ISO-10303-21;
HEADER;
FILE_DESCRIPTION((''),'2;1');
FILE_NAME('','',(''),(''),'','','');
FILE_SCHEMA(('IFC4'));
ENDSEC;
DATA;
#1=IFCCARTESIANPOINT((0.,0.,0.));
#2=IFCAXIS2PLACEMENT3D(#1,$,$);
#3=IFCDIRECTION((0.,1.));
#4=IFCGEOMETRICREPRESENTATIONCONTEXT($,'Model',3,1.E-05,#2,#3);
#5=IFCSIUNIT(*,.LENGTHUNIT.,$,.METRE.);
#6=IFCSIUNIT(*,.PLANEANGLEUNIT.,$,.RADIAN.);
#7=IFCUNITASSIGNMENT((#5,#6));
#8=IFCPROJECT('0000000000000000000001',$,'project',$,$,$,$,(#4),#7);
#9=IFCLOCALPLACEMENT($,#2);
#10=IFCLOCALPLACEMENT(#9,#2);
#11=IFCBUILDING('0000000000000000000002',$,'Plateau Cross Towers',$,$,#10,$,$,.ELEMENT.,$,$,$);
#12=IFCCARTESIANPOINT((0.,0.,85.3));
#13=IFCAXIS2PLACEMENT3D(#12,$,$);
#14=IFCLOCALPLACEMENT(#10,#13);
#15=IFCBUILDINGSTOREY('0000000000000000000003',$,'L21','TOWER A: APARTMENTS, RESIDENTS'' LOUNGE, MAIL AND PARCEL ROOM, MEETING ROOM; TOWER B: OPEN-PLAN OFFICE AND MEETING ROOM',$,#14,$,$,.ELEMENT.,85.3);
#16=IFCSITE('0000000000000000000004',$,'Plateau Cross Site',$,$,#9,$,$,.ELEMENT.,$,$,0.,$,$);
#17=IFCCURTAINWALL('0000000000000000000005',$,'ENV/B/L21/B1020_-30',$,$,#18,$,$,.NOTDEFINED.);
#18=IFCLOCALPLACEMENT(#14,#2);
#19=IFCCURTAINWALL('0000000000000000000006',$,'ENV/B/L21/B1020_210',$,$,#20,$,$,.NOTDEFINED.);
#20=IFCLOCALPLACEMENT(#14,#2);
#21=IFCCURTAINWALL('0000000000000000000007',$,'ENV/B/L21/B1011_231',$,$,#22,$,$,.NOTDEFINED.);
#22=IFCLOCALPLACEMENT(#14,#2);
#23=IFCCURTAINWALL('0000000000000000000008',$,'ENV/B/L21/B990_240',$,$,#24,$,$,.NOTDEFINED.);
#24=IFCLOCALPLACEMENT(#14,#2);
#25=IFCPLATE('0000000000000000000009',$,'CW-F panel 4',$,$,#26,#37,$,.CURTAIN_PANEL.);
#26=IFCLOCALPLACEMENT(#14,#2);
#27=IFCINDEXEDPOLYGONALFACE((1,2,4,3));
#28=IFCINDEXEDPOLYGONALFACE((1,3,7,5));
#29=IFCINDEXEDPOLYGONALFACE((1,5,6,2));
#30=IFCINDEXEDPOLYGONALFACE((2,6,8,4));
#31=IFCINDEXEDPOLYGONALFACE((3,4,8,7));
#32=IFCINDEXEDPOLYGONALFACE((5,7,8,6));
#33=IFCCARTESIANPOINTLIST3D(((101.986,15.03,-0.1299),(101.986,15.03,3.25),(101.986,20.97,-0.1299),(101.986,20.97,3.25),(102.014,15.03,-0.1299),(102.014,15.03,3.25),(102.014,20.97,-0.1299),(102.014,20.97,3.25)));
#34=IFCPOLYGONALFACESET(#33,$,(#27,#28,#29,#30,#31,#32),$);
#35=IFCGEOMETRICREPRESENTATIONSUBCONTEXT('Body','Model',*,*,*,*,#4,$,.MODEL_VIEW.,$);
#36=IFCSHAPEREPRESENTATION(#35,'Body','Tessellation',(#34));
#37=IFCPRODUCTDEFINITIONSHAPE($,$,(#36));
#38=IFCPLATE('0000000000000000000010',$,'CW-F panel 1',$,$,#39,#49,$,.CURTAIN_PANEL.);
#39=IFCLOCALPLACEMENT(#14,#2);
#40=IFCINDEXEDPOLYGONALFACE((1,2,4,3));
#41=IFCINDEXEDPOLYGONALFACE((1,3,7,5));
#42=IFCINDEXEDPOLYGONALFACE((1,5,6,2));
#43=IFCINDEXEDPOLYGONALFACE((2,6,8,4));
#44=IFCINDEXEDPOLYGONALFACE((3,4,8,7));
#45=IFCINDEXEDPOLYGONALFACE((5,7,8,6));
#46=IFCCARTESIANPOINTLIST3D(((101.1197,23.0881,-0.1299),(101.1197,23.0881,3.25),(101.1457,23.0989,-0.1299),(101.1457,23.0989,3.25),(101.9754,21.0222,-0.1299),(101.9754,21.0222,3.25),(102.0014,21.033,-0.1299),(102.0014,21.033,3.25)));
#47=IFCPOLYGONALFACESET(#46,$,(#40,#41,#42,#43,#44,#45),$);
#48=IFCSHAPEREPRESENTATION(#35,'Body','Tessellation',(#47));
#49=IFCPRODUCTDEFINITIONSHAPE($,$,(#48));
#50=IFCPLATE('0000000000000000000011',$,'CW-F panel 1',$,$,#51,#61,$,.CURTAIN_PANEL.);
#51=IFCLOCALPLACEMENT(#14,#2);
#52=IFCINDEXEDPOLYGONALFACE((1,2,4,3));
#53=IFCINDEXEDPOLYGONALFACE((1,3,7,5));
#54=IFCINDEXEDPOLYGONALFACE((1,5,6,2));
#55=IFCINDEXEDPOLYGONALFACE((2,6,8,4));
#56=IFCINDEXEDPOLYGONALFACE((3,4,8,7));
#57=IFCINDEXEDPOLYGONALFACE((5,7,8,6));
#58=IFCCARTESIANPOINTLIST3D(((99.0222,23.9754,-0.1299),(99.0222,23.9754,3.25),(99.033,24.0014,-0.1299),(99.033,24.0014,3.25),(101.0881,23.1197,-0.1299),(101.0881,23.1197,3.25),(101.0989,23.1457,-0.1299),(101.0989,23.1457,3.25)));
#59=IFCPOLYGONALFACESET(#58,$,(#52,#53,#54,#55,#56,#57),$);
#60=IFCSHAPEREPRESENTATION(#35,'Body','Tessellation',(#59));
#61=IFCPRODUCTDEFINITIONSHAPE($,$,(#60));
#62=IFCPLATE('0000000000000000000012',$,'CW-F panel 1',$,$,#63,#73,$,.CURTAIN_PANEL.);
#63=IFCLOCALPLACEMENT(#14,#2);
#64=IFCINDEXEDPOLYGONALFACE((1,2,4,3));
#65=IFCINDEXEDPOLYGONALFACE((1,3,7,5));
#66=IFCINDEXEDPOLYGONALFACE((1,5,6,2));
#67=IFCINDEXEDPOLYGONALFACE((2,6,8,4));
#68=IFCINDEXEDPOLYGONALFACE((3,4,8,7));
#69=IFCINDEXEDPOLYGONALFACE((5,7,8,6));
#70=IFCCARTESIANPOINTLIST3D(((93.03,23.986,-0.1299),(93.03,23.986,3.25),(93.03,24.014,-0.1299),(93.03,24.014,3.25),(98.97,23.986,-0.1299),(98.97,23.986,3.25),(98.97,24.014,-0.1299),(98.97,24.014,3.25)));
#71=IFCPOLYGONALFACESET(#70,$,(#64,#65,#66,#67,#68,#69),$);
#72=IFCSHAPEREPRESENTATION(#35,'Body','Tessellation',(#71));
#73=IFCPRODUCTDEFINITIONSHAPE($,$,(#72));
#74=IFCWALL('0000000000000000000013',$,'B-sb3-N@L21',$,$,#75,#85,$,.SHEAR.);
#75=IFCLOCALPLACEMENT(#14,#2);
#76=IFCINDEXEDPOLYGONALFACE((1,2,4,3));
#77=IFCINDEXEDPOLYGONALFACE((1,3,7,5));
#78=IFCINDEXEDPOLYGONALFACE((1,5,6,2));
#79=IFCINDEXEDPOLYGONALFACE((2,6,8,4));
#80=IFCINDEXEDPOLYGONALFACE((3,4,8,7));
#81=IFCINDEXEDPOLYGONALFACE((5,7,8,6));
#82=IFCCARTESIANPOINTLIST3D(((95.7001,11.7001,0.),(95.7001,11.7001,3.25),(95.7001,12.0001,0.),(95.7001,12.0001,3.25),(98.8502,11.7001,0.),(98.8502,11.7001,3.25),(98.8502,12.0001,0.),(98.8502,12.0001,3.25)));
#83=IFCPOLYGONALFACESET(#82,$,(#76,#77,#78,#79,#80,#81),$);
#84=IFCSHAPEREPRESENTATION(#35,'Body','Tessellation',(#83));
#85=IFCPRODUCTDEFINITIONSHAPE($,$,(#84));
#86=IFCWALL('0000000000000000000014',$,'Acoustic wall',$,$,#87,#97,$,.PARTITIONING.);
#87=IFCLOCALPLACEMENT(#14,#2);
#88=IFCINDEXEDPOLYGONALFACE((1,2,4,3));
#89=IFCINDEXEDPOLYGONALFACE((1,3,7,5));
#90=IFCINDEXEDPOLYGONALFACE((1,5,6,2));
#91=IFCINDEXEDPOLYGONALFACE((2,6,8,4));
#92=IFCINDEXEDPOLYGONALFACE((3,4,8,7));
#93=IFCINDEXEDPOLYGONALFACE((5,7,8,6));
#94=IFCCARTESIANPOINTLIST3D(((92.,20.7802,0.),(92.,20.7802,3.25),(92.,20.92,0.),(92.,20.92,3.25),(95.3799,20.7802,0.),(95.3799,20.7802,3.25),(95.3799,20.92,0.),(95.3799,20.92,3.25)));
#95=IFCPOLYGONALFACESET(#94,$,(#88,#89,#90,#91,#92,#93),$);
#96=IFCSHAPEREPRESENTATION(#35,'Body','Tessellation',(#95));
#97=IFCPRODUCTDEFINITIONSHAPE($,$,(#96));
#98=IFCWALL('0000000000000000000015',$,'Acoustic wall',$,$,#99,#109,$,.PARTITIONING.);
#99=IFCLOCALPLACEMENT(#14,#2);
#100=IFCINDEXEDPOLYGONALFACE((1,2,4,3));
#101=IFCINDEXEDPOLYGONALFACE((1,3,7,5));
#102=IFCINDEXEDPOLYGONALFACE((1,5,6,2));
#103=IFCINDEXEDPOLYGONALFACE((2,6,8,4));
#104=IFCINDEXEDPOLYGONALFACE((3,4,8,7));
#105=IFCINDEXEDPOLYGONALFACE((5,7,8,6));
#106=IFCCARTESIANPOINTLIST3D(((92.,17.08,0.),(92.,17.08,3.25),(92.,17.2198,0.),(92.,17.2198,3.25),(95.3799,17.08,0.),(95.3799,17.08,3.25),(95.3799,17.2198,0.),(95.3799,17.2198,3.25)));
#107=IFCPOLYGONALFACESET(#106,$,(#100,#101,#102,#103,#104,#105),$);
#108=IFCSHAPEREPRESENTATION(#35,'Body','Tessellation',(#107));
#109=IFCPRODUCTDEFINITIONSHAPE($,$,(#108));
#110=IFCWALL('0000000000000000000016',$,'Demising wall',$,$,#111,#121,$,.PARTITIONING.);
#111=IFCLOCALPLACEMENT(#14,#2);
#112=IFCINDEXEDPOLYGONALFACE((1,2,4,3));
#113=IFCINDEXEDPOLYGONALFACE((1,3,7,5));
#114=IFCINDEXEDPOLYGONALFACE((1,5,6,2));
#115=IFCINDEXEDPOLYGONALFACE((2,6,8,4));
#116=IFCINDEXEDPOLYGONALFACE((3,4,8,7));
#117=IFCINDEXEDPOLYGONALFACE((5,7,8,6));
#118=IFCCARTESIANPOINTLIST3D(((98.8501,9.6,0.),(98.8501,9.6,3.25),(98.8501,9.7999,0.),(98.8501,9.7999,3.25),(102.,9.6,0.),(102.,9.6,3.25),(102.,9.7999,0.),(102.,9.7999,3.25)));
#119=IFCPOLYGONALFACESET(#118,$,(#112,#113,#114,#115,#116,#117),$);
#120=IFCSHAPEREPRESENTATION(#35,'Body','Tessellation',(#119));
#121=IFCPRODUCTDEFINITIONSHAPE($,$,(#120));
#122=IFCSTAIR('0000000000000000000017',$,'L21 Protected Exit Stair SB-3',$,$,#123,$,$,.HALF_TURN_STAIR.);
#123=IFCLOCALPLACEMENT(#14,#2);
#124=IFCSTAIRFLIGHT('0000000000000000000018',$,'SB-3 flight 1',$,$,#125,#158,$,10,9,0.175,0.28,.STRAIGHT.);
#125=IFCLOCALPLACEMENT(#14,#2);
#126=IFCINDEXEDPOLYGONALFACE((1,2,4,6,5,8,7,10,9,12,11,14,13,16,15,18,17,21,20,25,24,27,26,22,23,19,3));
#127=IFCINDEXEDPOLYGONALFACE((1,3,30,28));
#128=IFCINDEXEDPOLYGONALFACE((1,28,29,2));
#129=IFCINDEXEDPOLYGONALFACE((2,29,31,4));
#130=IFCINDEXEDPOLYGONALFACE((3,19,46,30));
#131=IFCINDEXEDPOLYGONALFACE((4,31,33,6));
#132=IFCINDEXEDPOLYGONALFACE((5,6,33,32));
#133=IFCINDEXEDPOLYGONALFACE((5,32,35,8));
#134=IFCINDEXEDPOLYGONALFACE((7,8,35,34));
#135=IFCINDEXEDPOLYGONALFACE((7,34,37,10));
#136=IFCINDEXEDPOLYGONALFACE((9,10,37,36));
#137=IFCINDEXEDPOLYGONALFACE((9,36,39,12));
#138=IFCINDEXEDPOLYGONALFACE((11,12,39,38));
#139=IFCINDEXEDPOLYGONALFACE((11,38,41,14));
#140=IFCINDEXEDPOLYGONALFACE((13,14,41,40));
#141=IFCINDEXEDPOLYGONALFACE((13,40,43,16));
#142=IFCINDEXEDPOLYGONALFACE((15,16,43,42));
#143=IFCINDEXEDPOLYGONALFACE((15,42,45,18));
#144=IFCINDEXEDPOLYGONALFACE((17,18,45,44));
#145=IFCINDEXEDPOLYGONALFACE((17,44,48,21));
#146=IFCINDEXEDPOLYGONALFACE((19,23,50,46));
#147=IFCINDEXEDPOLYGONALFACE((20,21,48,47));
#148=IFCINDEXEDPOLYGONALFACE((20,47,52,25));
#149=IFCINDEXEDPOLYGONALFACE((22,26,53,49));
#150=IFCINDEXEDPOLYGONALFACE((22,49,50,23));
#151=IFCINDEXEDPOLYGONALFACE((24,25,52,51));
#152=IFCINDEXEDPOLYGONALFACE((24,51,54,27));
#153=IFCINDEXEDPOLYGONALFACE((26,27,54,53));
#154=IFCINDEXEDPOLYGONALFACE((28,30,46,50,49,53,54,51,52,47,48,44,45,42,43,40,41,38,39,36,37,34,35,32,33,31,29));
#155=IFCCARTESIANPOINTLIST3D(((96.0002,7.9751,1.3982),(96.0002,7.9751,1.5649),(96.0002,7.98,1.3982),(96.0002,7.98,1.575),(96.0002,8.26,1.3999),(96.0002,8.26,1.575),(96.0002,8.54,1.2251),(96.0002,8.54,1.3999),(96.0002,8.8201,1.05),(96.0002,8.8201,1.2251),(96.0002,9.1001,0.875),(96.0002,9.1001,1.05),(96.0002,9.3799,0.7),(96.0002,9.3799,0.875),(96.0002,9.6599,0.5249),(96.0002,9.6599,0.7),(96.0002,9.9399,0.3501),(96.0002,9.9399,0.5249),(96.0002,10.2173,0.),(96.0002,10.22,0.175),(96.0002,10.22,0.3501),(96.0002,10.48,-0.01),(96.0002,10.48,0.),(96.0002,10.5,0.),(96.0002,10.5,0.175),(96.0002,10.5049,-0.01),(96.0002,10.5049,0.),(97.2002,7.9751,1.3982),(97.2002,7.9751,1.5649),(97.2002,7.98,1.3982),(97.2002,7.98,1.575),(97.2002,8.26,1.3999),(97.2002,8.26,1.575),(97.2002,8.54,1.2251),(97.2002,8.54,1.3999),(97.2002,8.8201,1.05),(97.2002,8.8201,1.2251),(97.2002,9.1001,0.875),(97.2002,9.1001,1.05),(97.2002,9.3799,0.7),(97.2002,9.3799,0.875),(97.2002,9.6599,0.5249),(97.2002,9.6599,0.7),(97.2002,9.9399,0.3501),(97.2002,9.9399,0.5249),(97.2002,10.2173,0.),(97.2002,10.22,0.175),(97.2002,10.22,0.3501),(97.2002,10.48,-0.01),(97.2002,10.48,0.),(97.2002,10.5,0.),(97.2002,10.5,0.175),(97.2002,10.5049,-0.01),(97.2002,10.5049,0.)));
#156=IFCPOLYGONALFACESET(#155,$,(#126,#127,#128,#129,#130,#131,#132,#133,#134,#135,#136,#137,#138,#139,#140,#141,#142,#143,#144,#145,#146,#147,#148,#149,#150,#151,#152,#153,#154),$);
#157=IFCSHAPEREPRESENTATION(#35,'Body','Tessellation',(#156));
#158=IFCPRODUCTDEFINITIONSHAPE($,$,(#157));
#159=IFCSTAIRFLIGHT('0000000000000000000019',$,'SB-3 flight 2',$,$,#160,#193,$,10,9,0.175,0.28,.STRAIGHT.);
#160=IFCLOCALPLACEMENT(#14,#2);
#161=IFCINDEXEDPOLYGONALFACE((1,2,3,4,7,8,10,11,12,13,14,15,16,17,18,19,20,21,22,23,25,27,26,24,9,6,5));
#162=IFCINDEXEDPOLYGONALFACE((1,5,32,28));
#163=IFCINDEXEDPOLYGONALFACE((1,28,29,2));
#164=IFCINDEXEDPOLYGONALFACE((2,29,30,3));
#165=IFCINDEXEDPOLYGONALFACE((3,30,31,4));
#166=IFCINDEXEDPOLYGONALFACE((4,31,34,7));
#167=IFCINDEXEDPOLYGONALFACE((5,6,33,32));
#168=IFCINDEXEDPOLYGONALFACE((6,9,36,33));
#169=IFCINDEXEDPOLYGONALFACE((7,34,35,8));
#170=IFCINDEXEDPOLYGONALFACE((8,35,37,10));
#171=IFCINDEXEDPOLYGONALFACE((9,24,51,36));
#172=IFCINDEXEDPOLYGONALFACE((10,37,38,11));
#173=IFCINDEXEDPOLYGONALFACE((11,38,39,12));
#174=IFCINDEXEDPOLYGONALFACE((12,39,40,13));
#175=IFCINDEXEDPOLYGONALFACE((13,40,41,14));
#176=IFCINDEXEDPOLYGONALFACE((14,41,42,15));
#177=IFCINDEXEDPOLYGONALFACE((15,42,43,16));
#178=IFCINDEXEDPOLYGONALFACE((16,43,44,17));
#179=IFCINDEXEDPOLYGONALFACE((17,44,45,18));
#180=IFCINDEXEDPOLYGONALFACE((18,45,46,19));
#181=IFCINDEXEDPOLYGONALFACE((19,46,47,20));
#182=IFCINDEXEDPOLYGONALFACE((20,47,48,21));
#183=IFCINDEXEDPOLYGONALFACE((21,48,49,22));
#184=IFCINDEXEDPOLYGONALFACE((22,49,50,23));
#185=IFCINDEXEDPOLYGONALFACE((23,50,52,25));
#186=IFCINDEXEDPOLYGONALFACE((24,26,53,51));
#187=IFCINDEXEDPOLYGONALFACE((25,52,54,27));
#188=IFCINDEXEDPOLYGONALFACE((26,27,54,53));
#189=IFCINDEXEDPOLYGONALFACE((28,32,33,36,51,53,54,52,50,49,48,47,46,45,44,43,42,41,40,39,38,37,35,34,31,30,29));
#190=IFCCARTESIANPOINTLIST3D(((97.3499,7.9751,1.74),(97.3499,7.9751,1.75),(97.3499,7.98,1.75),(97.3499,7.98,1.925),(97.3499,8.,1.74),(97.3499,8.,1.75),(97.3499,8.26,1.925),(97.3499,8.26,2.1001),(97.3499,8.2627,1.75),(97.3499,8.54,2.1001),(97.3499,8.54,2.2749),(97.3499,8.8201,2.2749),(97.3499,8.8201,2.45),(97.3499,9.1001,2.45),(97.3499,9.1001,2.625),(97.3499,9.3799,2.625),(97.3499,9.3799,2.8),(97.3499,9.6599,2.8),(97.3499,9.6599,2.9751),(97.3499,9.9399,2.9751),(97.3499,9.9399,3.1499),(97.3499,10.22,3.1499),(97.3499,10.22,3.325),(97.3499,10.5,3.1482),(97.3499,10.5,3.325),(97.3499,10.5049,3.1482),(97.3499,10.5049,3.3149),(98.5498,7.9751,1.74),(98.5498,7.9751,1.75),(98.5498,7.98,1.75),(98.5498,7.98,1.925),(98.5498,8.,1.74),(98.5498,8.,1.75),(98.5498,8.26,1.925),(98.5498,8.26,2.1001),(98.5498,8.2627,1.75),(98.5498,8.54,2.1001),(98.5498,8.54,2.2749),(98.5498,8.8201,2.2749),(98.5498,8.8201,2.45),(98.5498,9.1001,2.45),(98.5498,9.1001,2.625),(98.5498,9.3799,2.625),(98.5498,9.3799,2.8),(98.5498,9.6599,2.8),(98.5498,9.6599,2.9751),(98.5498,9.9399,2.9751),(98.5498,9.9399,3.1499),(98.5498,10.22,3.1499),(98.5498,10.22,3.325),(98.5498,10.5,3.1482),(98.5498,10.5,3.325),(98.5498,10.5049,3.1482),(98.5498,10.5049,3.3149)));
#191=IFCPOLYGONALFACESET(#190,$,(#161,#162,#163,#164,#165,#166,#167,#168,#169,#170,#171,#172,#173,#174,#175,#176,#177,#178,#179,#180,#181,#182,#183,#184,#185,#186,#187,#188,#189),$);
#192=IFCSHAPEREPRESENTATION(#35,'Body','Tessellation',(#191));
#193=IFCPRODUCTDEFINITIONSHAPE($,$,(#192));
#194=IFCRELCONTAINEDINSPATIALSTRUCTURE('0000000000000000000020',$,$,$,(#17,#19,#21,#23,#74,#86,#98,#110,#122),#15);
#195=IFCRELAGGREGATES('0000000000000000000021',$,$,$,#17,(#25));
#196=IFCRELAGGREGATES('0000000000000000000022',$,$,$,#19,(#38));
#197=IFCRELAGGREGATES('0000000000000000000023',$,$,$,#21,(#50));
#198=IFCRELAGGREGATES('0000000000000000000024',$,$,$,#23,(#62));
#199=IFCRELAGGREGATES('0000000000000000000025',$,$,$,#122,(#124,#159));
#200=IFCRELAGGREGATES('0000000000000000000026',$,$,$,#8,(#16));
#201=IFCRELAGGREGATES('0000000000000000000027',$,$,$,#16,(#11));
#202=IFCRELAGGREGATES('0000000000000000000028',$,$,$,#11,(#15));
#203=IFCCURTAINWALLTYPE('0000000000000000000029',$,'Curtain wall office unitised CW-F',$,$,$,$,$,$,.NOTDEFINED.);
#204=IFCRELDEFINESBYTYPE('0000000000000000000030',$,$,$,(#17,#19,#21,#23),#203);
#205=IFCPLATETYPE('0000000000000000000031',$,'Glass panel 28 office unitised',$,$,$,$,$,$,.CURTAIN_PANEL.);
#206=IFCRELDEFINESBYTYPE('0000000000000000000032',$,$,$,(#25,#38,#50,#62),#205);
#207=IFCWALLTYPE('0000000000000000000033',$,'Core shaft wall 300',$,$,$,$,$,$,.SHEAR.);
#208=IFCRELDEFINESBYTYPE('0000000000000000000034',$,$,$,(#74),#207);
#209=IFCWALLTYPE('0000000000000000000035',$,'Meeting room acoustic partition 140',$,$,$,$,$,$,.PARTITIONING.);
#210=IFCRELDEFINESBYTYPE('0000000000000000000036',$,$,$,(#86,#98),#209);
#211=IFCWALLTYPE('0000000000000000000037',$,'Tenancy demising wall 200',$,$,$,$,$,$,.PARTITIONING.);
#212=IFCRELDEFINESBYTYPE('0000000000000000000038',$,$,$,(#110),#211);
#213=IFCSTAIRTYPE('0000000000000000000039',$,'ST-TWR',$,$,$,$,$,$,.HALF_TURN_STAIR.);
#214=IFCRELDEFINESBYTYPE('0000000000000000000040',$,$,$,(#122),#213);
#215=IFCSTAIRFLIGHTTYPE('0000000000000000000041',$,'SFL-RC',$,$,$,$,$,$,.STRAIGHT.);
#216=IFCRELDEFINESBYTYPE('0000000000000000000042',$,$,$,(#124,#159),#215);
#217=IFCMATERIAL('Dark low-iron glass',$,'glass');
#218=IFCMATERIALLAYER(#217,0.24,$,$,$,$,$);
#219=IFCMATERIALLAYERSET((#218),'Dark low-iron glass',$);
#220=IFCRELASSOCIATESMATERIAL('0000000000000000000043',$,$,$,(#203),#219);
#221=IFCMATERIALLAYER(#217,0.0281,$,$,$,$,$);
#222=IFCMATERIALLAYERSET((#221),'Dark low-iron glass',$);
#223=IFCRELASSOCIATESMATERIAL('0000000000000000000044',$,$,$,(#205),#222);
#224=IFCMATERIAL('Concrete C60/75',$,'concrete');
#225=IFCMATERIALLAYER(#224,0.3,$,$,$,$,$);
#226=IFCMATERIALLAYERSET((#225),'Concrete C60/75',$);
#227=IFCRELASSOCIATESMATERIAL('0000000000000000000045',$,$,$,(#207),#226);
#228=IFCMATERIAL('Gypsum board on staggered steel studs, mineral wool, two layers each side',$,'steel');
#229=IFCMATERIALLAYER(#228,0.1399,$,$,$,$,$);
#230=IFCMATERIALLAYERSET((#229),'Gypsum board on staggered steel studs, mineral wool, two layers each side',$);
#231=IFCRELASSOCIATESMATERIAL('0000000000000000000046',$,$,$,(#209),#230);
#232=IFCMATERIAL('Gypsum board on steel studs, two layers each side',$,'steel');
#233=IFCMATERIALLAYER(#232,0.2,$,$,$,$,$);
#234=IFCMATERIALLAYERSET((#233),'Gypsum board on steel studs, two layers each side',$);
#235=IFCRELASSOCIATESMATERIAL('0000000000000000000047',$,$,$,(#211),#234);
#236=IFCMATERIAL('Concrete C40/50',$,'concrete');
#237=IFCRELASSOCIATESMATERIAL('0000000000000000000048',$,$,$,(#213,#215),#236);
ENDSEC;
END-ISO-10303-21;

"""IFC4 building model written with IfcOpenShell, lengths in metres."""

from ifc_helpers import new_model, si_unit, direction, frame, frame_2d, origin, origin_2d, place, context, subcontext, project, spatial, polyline, rectangle, outline, extrude, material, layer, layer_set, type_object, element, aggregate, save


model = new_model("IFC4")

# Units and contexts
model_context = context("Model", 3, precision=1e-05, world=origin(), true_north=direction((0.0, 1.0)))
body_context = subcontext(model_context, "Body", "Model", "MODEL_VIEW")
ifc_project = project(units=[si_unit("LENGTHUNIT", "METRE"), si_unit("PLANEANGLEUNIT", "RADIAN")], contexts=[model_context])

# Site, building, storey
site_placement = place(None, origin())
site = spatial("IfcSite", under=ifc_project, at=site_placement, Name="Plateau Cross Site", CompositionType="ELEMENT", RefElevation=0.0)
building_placement = place(site_placement, origin())
building = spatial("IfcBuilding", under=site, at=building_placement, Name="Plateau Cross Towers", CompositionType="ELEMENT")
storey_placement = place(building_placement, frame((0.0, 0.0, 85.3)))
storey = spatial("IfcBuildingStorey", under=building, at=storey_placement, Name="L21", Description="TOWER A: APARTMENTS, RESIDENTS' LOUNGE, MAIL AND PARCEL ROOM, MEETING ROOM; TOWER B: OPEN-PLAN OFFICE AND MEETING ROOM", CompositionType="ELEMENT", Elevation=85.3)

# Shared definitions
ifc_material_1 = material(Name="Concrete C60/75", Category="concrete")

# Curtain wall
ifc_material_2 = material(Name="Dark low-iron glass", Category="glass")
ifc_layer_1 = layer(ifc_material_2, 0.24)
ifc_layer_set_1 = layer_set([ifc_layer_1], Name="Dark low-iron glass")
curtain_wall_type = type_object("IfcCurtainWallType", Name="Curtain wall office unitised CW-F", PredefinedType="NOTDEFINED", material=ifc_layer_set_1)
curtain_wall_1_placement = place(storey_placement, origin())
curtain_wall_1 = element("IfcCurtainWall", 1, at=curtain_wall_1_placement, inside=storey, type_object=curtain_wall_type, Name="ENV/B/L21/B1020_-30", PredefinedType="NOTDEFINED")

# Curtain walls
curtain_wall_2_placement = place(storey_placement, origin())
curtain_wall_2 = element("IfcCurtainWall", 2, at=curtain_wall_2_placement, inside=storey, type_object=curtain_wall_type, Name="ENV/B/L21/B1020_210", PredefinedType="NOTDEFINED")
curtain_wall_3_placement = place(storey_placement, origin())
curtain_wall_3 = element("IfcCurtainWall", 3, at=curtain_wall_3_placement, inside=storey, type_object=curtain_wall_type, Name="ENV/B/L21/B1011_231", PredefinedType="NOTDEFINED")

# Curtain wall
curtain_wall_4_placement = place(storey_placement, origin())
curtain_wall_4 = element("IfcCurtainWall", 4, at=curtain_wall_4_placement, inside=storey, type_object=curtain_wall_type, Name="ENV/B/L21/B990_240", PredefinedType="NOTDEFINED")

# Plates
ifc_layer_2 = layer(ifc_material_2, 0.0281)
ifc_layer_set_2 = layer_set([ifc_layer_2], Name="Dark low-iron glass")
plate_type = type_object("IfcPlateType", Name="Glass panel 28 office unitised", PredefinedType="CURTAIN_PANEL", material=ifc_layer_set_2)
plate_1_placement = place(storey_placement, frame((102.0, 18.0, -0.1299), z_axis=(0.0, 0.0, 1.0), x_axis=(0.0, 1.0, 0.0)))
plate_1 = element("IfcPlate", 5, at=plate_1_placement, type_object=plate_type, Name="CW-F panel 4", PredefinedType="CURTAIN_PANEL", context=body_context, shape_type="SweptSolid", body=[
    extrude(rectangle(XDim=5.9399, YDim=0.0281, at=origin_2d()), origin(), (0.0, 0.0, 1.0), 3.3799),
])
aggregate(curtain_wall_1, [plate_1])
plate_2_placement = place(storey_placement, frame((101.5605, 22.0605, -0.1299), z_axis=(0.0, 0.0, 1.0), x_axis=(-0.382684, 0.923879, 0.0)))
plate_2 = element("IfcPlate", 6, at=plate_2_placement, type_object=plate_type, Name="CW-F panel 1", PredefinedType="CURTAIN_PANEL", context=body_context, shape_type="SweptSolid", body=[
    extrude(rectangle(XDim=2.2361, YDim=0.0281, at=origin_2d()), origin(), (0.0, 0.0, 1.0), 3.3799),
])
aggregate(curtain_wall_2, [plate_2])
plate_3_placement = place(storey_placement, frame((100.0605, 23.5605, -0.1299), z_axis=(0.0, 0.0, 1.0), x_axis=(-0.923879, 0.382684, 0.0)))
plate_3 = element("IfcPlate", 7, at=plate_3_placement, type_object=plate_type, Name="CW-F panel 1", PredefinedType="CURTAIN_PANEL", context=body_context, shape_type="SweptSolid", body=[
    extrude(rectangle(XDim=2.2361, YDim=0.0281, at=origin_2d()), origin(), (0.0, 0.0, 1.0), 3.3799),
])
aggregate(curtain_wall_3, [plate_3])
plate_4_placement = place(storey_placement, frame((96.0, 24.0, -0.1299), z_axis=(0.0, 0.0, 1.0), x_axis=(-1.0, 0.0, 0.0)))
plate_4 = element("IfcPlate", 8, at=plate_4_placement, type_object=plate_type, Name="CW-F panel 1", PredefinedType="CURTAIN_PANEL", context=body_context, shape_type="SweptSolid", body=[
    extrude(rectangle(XDim=5.9399, YDim=0.0281, at=origin_2d()), origin(), (0.0, 0.0, 1.0), 3.3799),
])
aggregate(curtain_wall_4, [plate_4])

# Wall
ifc_layer_3 = layer(ifc_material_1, 0.3)
ifc_layer_set_3 = layer_set([ifc_layer_3], Name="Concrete C60/75")
wall_type_1 = type_object("IfcWallType", Name="Core shaft wall 300", PredefinedType="SHEAR", material=ifc_layer_set_3)
wall_1_placement = place(storey_placement, frame((95.7, 11.8501, 0.0), z_axis=(0.0, 0.0, 1.0), x_axis=(1.0, 0.0, 0.0)))
element("IfcWall", 9, at=wall_1_placement, inside=storey, type_object=wall_type_1, Name="B-sb3-N@L21", PredefinedType="SHEAR", context=body_context, shape_type="SweptSolid", body=[
    extrude(rectangle(XDim=3.1501, YDim=0.3, at=frame_2d((1.5752, 0.0))), origin(), (0.0, 0.0, 1.0), 3.25),
])

# Shared definitions
ifc_material_3 = material(Name="Gypsum board on staggered steel studs, mineral wool, two layers each side", Category="steel")
ifc_layer_4 = layer(ifc_material_3, 0.1399)
ifc_layer_set_4 = layer_set([ifc_layer_4], Name="Gypsum board on staggered steel studs, mineral wool, two layers each side")
wall_type_2 = type_object("IfcWallType", Name="Meeting room acoustic partition 140", PredefinedType="PARTITIONING", material=ifc_layer_set_4)

# Wall
wall_2_placement = place(storey_placement, frame((92.0, 20.8501, 0.0), z_axis=(0.0, 0.0, 1.0), x_axis=(1.0, 0.0, 0.0)))
element("IfcWall", 10, at=wall_2_placement, inside=storey, type_object=wall_type_2, Name="Acoustic wall", PredefinedType="PARTITIONING", context=body_context, shape_type="SweptSolid", body=[
    extrude(rectangle(XDim=3.3799, YDim=0.1399, at=frame_2d((1.6899, 0.0))), origin(), (0.0, 0.0, 1.0), 3.25),
])

# Walls
wall_3_placement = place(storey_placement, frame((92.0, 17.1499, 0.0), z_axis=(0.0, 0.0, 1.0), x_axis=(1.0, 0.0, 0.0)))
element("IfcWall", 11, at=wall_3_placement, inside=storey, type_object=wall_type_2, Name="Acoustic wall", PredefinedType="PARTITIONING", context=body_context, shape_type="SweptSolid", body=[
    extrude(rectangle(XDim=3.3799, YDim=0.1399, at=frame_2d((1.6899, 0.0))), origin(), (0.0, 0.0, 1.0), 3.25),
])
ifc_material_4 = material(Name="Gypsum board on steel studs, two layers each side", Category="steel")
ifc_layer_5 = layer(ifc_material_4, 0.2)
ifc_layer_set_5 = layer_set([ifc_layer_5], Name="Gypsum board on steel studs, two layers each side")
wall_type_3 = type_object("IfcWallType", Name="Tenancy demising wall 200", PredefinedType="PARTITIONING", material=ifc_layer_set_5)
wall_4_placement = place(storey_placement, frame((98.8501, 9.7, 0.0), z_axis=(0.0, 0.0, 1.0), x_axis=(1.0, 0.0, 0.0)))
element("IfcWall", 12, at=wall_4_placement, inside=storey, type_object=wall_type_3, Name="Demising wall", PredefinedType="PARTITIONING", context=body_context, shape_type="SweptSolid", body=[
    extrude(rectangle(XDim=3.1499, YDim=0.2, at=frame_2d((1.575, 0.0))), origin(), (0.0, 0.0, 1.0), 3.25),
])

# Stair, stair flights
ifc_material_5 = material(Name="Concrete C40/50", Category="concrete")
stair_type = type_object("IfcStairType", Name="ST-TWR", PredefinedType="HALF_TURN_STAIR", material=ifc_material_5)
stair_placement = place(storey_placement, origin())
stair = element("IfcStair", 13, at=stair_placement, inside=storey, type_object=stair_type, Name="L21 Protected Exit Stair SB-3", PredefinedType="HALF_TURN_STAIR")
stair_flight_type = type_object("IfcStairFlightType", Name="SFL-RC", PredefinedType="STRAIGHT", material=ifc_material_5)
stair_flight_1_placement = place(storey_placement, frame((96.6001, 10.5, 0.0), z_axis=(0.0, 0.0, 1.0), x_axis=(0.0, -1.0, 0.0)))
stair_flight_1 = element("IfcStairFlight", 14, at=stair_flight_1_placement, type_object=stair_flight_type, Name="SB-3 flight 1", NumberOfRisers=10, NumberOfTreads=9, PredefinedType="STRAIGHT", RiserHeight=0.175, TreadLength=0.28, context=body_context, shape_type="SweptSolid", body=[
    extrude(outline(polyline([(-0.0049, -0.01), (-0.0049, 0.0), (0.0, 0.0), (0.0, 0.175), (0.28, 0.175), (0.28, 0.3501), (0.5601, 0.3501), (0.5601, 0.5249), (0.8401, 0.5249), (0.8401, 0.7), (1.1201, 0.7), (1.1201, 0.875), (1.3999, 0.875), (1.3999, 1.05), (1.6799, 1.05), (1.6799, 1.2251), (1.96, 1.2251), (1.96, 1.3999), (2.24, 1.3999), (2.24, 1.575), (2.52, 1.575), (2.5249, 1.5649), (2.5249, 1.3982), (2.52, 1.3982), (0.2827, 0.0), (0.02, 0.0), (0.02, -0.01), (-0.0049, -0.01)])), frame((0.0, 0.6001, 0.0), z_axis=(0.0, -1.0, 0.0), x_axis=(1.0, 0.0, 0.0)), (0.0, 0.0, 1.0), 1.2),
])
stair_flight_2_placement = place(storey_placement, frame((97.95, 7.98, 1.75), z_axis=(0.0, 0.0, 1.0), x_axis=(0.0, 1.0, 0.0)))
stair_flight_2 = element("IfcStairFlight", 15, at=stair_flight_2_placement, type_object=stair_flight_type, Name="SB-3 flight 2", NumberOfRisers=10, NumberOfTreads=9, PredefinedType="STRAIGHT", RiserHeight=0.175, TreadLength=0.28, context=body_context, shape_type="SweptSolid", body=[
    extrude(outline(polyline([(-0.0049, -0.01), (-0.0049, 0.0), (0.0, 0.0), (0.0, 0.175), (0.28, 0.175), (0.28, 0.3501), (0.5601, 0.3501), (0.5601, 0.5249), (0.8401, 0.5249), (0.8401, 0.7), (1.1201, 0.7), (1.1201, 0.875), (1.3999, 0.875), (1.3999, 1.05), (1.6799, 1.05), (1.6799, 1.2251), (1.96, 1.2251), (1.96, 1.3999), (2.24, 1.3999), (2.24, 1.575), (2.52, 1.575), (2.5249, 1.5649), (2.5249, 1.3982), (2.52, 1.3982), (0.2827, 0.0), (0.02, 0.0), (0.02, -0.01), (-0.0049, -0.01)])), frame((0.0, 0.6001, 0.0), z_axis=(0.0, -1.0, 0.0), x_axis=(1.0, 0.0, 0.0)), (0.0, 0.0, 1.0), 1.2),
])
aggregate(stair, [stair_flight_1, stair_flight_2])

save(model, "model.ifc")
